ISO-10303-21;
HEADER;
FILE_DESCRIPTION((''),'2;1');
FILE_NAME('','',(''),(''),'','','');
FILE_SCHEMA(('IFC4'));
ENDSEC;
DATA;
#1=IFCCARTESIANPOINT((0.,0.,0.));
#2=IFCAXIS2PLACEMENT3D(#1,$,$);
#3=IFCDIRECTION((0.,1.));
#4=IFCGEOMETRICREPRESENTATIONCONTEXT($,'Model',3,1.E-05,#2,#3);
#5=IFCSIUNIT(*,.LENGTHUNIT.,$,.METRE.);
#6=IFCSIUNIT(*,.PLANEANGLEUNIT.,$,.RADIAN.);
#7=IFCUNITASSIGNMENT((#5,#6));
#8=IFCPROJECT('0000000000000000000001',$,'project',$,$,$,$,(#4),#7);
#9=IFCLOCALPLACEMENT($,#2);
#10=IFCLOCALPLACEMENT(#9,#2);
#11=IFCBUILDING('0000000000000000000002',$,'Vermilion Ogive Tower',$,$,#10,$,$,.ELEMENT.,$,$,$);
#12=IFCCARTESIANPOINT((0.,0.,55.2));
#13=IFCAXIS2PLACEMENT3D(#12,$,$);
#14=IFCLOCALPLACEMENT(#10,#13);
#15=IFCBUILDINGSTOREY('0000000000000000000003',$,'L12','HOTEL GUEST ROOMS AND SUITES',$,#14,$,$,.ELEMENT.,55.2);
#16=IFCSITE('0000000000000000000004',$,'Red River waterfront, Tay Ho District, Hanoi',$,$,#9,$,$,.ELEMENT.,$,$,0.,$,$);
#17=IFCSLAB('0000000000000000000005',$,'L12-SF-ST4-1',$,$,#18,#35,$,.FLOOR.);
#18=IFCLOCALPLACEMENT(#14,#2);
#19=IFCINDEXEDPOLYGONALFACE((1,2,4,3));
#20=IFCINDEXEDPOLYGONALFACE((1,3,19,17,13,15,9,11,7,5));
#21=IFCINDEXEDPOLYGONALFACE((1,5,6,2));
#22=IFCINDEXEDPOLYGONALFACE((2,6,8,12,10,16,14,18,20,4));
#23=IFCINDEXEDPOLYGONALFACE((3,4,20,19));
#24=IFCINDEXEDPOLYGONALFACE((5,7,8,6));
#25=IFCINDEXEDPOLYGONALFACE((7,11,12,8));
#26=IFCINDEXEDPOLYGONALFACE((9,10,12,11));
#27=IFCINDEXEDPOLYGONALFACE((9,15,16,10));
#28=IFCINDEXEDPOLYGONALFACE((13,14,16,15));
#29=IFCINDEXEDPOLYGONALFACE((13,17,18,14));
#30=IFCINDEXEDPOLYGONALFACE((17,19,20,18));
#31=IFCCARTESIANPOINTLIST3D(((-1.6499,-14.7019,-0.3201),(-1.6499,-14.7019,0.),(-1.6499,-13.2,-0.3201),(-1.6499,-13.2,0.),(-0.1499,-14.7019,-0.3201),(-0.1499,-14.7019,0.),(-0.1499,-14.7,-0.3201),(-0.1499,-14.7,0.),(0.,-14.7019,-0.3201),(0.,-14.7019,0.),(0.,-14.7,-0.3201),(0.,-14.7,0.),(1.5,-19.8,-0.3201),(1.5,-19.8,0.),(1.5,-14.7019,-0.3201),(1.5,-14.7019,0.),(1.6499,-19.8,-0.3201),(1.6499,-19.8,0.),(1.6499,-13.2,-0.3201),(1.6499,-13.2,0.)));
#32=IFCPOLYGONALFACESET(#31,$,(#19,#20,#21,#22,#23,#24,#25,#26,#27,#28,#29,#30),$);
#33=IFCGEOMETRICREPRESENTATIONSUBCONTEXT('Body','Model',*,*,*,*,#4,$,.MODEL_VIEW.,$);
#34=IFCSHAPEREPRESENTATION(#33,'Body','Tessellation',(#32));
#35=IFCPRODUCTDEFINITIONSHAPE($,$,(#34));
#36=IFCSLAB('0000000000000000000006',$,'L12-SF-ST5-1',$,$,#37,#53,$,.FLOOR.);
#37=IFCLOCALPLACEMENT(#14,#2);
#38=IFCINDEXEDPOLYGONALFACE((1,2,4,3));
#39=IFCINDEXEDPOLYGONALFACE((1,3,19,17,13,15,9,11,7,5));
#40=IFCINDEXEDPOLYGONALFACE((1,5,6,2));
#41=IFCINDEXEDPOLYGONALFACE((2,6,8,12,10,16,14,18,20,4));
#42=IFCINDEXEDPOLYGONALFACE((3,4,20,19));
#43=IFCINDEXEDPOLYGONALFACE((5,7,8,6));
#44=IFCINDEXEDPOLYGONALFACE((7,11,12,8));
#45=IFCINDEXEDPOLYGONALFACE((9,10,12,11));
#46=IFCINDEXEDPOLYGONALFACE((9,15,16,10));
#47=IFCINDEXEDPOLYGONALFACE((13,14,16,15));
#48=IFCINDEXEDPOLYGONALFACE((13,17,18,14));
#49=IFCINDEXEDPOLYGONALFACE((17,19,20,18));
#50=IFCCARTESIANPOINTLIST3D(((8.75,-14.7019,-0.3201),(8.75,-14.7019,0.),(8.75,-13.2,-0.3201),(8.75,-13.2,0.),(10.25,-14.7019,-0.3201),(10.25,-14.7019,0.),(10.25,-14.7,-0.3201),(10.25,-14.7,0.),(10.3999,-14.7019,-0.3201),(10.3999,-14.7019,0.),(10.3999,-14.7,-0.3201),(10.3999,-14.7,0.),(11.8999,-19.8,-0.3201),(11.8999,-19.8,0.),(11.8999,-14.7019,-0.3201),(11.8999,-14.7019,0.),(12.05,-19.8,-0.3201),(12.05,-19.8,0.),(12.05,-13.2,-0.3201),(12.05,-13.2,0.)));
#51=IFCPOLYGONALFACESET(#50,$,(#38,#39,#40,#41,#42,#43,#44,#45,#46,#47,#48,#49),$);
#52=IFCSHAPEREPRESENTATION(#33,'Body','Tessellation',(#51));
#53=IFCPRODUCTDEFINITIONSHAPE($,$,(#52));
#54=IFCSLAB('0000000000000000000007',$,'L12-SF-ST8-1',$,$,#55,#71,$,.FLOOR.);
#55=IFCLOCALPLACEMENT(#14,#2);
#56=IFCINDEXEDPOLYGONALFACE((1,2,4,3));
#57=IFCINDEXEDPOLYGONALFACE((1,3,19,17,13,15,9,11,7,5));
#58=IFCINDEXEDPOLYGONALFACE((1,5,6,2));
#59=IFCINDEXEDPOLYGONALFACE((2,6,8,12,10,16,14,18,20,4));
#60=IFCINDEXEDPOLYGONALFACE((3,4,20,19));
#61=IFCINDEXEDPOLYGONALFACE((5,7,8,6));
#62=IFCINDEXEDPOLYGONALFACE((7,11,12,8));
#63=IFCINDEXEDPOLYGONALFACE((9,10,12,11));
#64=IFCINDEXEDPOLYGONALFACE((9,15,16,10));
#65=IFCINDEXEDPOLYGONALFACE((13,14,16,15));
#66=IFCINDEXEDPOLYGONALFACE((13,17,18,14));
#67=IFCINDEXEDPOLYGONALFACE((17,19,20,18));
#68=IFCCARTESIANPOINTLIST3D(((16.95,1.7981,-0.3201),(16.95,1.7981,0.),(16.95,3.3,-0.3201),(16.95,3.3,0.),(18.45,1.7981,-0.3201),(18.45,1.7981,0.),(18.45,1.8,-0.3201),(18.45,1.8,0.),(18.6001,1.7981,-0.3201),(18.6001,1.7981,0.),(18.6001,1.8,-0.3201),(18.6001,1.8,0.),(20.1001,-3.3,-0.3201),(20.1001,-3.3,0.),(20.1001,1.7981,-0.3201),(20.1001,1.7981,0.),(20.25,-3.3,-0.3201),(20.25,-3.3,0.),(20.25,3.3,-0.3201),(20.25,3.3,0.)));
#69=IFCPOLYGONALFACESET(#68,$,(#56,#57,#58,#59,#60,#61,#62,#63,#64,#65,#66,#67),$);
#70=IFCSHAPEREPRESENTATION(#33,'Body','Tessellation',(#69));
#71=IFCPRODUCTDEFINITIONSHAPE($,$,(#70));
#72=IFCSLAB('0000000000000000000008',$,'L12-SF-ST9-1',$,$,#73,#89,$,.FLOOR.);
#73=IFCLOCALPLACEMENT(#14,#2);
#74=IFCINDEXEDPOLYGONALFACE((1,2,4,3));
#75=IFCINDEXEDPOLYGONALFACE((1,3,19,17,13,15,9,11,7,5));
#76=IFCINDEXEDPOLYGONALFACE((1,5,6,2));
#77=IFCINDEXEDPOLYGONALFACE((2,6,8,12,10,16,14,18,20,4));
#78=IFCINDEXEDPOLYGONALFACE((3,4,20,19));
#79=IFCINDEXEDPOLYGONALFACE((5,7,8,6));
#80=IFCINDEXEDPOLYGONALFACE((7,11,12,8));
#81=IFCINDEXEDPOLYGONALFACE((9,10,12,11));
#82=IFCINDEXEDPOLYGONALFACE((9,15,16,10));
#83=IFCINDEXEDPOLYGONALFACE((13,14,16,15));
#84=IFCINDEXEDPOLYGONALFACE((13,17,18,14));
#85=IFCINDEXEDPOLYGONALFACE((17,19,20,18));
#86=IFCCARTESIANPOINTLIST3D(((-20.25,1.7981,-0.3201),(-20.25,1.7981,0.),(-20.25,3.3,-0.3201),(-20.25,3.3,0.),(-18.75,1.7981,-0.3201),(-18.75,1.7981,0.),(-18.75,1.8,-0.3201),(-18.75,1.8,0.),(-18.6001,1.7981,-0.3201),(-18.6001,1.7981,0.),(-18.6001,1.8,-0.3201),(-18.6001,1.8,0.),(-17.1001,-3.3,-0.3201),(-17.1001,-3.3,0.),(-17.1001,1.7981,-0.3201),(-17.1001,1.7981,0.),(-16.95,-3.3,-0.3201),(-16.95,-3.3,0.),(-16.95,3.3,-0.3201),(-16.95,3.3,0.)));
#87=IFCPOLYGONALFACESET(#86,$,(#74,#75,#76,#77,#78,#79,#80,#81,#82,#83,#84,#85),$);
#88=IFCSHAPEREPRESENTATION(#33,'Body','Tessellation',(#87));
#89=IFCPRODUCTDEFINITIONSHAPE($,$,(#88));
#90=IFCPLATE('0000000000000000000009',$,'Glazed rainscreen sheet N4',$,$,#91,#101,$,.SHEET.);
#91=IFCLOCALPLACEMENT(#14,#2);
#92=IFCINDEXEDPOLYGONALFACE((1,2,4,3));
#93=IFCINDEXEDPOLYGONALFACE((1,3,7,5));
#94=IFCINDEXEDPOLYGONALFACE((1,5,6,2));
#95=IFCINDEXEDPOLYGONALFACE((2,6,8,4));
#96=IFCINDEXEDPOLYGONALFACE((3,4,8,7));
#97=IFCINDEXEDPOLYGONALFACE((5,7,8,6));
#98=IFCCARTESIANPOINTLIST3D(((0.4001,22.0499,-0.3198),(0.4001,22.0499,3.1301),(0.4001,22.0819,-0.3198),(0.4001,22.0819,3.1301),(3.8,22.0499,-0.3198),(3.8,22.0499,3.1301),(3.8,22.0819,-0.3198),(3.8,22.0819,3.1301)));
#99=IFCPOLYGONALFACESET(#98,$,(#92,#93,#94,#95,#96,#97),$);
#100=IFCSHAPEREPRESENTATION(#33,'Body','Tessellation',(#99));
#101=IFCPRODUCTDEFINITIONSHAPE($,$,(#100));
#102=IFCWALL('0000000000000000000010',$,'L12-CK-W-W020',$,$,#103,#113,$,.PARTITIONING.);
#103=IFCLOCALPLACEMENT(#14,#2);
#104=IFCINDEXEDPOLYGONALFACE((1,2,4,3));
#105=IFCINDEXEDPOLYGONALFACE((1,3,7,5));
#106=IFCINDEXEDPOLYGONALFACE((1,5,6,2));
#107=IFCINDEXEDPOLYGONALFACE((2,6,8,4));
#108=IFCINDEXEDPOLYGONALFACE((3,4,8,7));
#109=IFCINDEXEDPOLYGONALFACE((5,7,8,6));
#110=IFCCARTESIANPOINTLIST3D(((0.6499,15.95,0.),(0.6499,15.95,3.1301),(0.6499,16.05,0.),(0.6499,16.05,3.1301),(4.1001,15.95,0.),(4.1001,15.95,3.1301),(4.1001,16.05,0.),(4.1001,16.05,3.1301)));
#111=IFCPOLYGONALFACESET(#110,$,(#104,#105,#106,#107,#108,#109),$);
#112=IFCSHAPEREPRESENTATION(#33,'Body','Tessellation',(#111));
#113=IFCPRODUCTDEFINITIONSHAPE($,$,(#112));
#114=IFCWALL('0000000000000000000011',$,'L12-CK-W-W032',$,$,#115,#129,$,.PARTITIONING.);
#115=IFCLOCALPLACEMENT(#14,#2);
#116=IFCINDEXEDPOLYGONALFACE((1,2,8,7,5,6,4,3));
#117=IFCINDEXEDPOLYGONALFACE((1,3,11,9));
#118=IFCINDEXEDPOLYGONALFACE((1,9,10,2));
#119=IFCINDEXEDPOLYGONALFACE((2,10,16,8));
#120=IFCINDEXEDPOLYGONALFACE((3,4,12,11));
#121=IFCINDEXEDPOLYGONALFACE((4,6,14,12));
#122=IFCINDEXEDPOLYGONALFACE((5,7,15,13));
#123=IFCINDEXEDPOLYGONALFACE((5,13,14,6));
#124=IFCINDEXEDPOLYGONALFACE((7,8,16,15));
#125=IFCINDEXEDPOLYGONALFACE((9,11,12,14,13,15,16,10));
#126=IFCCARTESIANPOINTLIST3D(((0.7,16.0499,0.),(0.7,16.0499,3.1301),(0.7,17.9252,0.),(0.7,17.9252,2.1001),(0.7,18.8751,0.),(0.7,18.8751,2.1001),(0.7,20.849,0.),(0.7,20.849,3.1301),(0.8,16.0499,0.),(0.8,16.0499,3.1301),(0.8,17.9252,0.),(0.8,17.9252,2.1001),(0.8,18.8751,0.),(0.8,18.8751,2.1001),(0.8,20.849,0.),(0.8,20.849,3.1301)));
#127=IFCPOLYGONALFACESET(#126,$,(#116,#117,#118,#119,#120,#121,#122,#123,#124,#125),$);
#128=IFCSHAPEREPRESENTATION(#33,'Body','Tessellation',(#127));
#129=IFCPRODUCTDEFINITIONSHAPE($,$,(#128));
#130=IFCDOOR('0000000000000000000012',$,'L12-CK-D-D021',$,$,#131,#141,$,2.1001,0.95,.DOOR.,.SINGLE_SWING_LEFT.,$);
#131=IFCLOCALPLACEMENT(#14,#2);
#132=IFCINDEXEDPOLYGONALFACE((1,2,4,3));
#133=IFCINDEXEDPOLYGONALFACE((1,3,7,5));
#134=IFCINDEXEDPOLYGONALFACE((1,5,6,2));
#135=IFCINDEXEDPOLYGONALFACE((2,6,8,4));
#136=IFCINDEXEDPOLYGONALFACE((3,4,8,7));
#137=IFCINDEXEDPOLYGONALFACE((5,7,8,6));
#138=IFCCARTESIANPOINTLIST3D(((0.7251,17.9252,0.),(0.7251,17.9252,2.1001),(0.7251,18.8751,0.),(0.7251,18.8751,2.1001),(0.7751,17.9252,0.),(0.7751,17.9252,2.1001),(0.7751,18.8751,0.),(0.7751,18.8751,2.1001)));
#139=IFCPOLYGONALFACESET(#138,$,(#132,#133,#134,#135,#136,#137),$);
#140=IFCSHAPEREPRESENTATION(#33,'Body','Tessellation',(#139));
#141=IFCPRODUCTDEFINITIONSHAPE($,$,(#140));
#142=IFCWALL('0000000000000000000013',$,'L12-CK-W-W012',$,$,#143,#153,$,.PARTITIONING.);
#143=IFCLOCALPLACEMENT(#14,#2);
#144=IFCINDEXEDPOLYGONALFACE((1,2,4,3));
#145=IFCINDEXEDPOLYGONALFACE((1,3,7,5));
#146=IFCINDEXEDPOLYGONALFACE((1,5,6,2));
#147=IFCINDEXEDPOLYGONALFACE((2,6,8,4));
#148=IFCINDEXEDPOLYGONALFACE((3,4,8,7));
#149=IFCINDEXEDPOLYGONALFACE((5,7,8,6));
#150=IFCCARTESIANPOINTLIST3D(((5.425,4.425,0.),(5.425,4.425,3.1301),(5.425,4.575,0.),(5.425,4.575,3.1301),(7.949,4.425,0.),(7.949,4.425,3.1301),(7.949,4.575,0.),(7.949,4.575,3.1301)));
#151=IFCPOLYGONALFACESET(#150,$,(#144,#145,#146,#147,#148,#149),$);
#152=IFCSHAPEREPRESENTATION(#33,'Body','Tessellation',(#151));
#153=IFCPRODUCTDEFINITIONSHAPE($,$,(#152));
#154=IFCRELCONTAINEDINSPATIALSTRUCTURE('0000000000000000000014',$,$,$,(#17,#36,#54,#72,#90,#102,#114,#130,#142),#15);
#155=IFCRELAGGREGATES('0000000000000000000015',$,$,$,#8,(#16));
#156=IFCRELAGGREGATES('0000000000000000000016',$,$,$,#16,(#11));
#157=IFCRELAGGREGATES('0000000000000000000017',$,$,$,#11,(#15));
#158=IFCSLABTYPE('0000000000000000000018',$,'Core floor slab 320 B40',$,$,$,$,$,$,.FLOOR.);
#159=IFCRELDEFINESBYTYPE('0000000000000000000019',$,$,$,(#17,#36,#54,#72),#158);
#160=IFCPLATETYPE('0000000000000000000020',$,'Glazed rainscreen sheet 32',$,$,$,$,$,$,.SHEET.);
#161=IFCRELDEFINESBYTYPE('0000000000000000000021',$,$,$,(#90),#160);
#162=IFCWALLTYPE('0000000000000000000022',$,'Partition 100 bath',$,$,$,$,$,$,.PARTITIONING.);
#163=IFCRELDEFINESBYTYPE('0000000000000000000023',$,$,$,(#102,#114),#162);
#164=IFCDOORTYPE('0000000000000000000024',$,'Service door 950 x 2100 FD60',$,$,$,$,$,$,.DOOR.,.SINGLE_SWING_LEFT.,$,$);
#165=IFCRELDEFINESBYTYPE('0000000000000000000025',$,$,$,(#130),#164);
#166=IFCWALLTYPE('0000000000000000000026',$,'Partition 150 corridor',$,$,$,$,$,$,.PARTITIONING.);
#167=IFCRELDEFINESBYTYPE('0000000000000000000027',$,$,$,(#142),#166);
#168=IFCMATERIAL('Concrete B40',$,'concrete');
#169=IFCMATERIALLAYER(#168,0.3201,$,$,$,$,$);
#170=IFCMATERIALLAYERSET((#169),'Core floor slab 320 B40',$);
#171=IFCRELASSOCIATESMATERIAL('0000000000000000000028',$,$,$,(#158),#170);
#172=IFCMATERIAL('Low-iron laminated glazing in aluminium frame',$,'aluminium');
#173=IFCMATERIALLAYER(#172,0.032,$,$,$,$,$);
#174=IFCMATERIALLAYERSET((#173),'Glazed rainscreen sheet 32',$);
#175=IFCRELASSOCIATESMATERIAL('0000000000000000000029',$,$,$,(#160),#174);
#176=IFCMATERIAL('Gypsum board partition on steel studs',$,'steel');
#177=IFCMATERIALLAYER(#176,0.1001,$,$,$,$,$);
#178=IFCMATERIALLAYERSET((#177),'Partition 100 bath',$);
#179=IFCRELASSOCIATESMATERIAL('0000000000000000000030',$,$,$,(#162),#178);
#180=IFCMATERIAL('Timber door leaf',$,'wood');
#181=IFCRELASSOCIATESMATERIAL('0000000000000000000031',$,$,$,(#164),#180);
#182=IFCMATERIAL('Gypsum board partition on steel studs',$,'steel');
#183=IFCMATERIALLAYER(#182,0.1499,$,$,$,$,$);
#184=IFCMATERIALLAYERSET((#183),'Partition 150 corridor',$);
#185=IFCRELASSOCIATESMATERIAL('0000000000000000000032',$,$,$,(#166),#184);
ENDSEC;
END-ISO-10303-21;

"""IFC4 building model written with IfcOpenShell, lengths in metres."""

from ifc_helpers import new_model, si_unit, direction, frame, frame_2d, origin, origin_2d, place, context, subcontext, project, spatial, polyline, rectangle, outline, extrude, material, layer, layer_set, type_object, element, fill, save


model = new_model("IFC4")

# Units and contexts
model_context = context("Model", 3, precision=1e-05, world=origin(), true_north=direction((0.0, 1.0)))
body_context = subcontext(model_context, "Body", "Model", "MODEL_VIEW")
ifc_project = project(units=[si_unit("LENGTHUNIT", "METRE"), si_unit("PLANEANGLEUNIT", "RADIAN")], contexts=[model_context])

# Site, building, storey
site_placement = place(None, origin())
site = spatial("IfcSite", under=ifc_project, at=site_placement, Name="Red River waterfront, Tay Ho District, Hanoi", CompositionType="ELEMENT", RefElevation=0.0)
building_placement = place(site_placement, origin())
building = spatial("IfcBuilding", under=site, at=building_placement, Name="Vermilion Ogive Tower", CompositionType="ELEMENT")
storey_placement = place(building_placement, frame((0.0, 0.0, 55.2)))
storey = spatial("IfcBuildingStorey", under=building, at=storey_placement, Name="L12", Description="HOTEL GUEST ROOMS AND SUITES", CompositionType="ELEMENT", Elevation=55.2)

# Slabs
ifc_material_1 = material(Name="Concrete B40", Category="concrete")
ifc_layer_1 = layer(ifc_material_1, 0.3201)
ifc_layer_set_1 = layer_set([ifc_layer_1], Name="Core floor slab 320 B40")
slab_type = type_object("IfcSlabType", Name="Core floor slab 320 B40", PredefinedType="FLOOR", material=ifc_layer_set_1)
slab_1_placement = place(storey_placement, frame((0.0, 0.0, -0.3201)))
element("IfcSlab", 1, at=slab_1_placement, inside=storey, type_object=slab_type, Name="L12-SF-ST4-1", PredefinedType="FLOOR", context=body_context, shape_type="SweptSolid", body=[
    extrude(outline(polyline([(-1.6499, -13.2), (-1.6499, -14.7019), (-0.1499, -14.7019), (-0.1499, -14.7), (0.0, -14.7), (0.0, -14.7019), (1.5, -14.7019), (1.5, -19.8), (1.6499, -19.8), (1.6499, -13.2), (-1.6499, -13.2)])), origin(), (0.0, 0.0, 1.0), 0.3201),
])
slab_2_placement = place(storey_placement, frame((0.0, 0.0, -0.3201)))
element("IfcSlab", 2, at=slab_2_placement, inside=storey, type_object=slab_type, Name="L12-SF-ST5-1", PredefinedType="FLOOR", context=body_context, shape_type="SweptSolid", body=[
    extrude(outline(polyline([(8.75, -13.2), (8.75, -14.7019), (10.25, -14.7019), (10.25, -14.7), (10.3999, -14.7), (10.3999, -14.7019), (11.8999, -14.7019), (11.8999, -19.8), (12.05, -19.8), (12.05, -13.2), (8.75, -13.2)])), origin(), (0.0, 0.0, 1.0), 0.3201),
])
slab_3_placement = place(storey_placement, frame((0.0, 0.0, -0.3201)))
element("IfcSlab", 3, at=slab_3_placement, inside=storey, type_object=slab_type, Name="L12-SF-ST8-1", PredefinedType="FLOOR", context=body_context, shape_type="SweptSolid", body=[
    extrude(outline(polyline([(16.95, 3.3), (16.95, 1.7981), (18.45, 1.7981), (18.45, 1.8), (18.6001, 1.8), (18.6001, 1.7981), (20.1001, 1.7981), (20.1001, -3.3), (20.25, -3.3), (20.25, 3.3), (16.95, 3.3)])), origin(), (0.0, 0.0, 1.0), 0.3201),
])
slab_4_placement = place(storey_placement, frame((0.0, 0.0, -0.3201)))
element("IfcSlab", 4, at=slab_4_placement, inside=storey, type_object=slab_type, Name="L12-SF-ST9-1", PredefinedType="FLOOR", context=body_context, shape_type="SweptSolid", body=[
    extrude(outline(polyline([(-20.25, 3.3), (-20.25, 1.7981), (-18.75, 1.7981), (-18.75, 1.8), (-18.6001, 1.8), (-18.6001, 1.7981), (-17.1001, 1.7981), (-17.1001, -3.3), (-16.95, -3.3), (-16.95, 3.3), (-20.25, 3.3)])), origin(), (0.0, 0.0, 1.0), 0.3201),
])

# Plate
ifc_material_2 = material(Name="Low-iron laminated glazing in aluminium frame", Category="aluminium")
ifc_layer_2 = layer(ifc_material_2, 0.032)
ifc_layer_set_2 = layer_set([ifc_layer_2], Name="Glazed rainscreen sheet 32")
plate_type = type_object("IfcPlateType", Name="Glazed rainscreen sheet 32", PredefinedType="SHEET", material=ifc_layer_set_2)
plate_placement = place(storey_placement, frame((2.1001, 22.0659, -0.3198), z_axis=(0.0, 0.0, 1.0), x_axis=(1.0, 0.0, 0.0)))
element("IfcPlate", 5, at=plate_placement, inside=storey, type_object=plate_type, Name="Glazed rainscreen sheet N4", PredefinedType="SHEET", context=body_context, shape_type="SweptSolid", body=[
    extrude(rectangle(XDim=3.3999, YDim=0.032, at=origin_2d()), origin(), (0.0, 0.0, 1.0), 3.45),
])

# Wall
ifc_material_3 = material(Name="Gypsum board partition on steel studs", Category="steel")
ifc_layer_3 = layer(ifc_material_3, 0.1001)
ifc_layer_set_3 = layer_set([ifc_layer_3], Name="Partition 100 bath")
wall_type_1 = type_object("IfcWallType", Name="Partition 100 bath", PredefinedType="PARTITIONING", material=ifc_layer_set_3)
wall_1_placement = place(storey_placement, frame((0.6499, 16.0, 0.0), z_axis=(0.0, 0.0, 1.0), x_axis=(1.0, 0.0, 0.0)))
element("IfcWall", 6, at=wall_1_placement, inside=storey, type_object=wall_type_1, Name="L12-CK-W-W020", PredefinedType="PARTITIONING", context=body_context, shape_type="SweptSolid", body=[
    extrude(rectangle(XDim=3.4502, YDim=0.1001, at=frame_2d((1.7251, 0.0))), origin(), (0.0, 0.0, 1.0), 3.1301),
])

# Wall, opening, door
wall_2_placement = place(storey_placement, frame((0.75, 16.05, 0.0), z_axis=(0.0, 0.0, 1.0), x_axis=(0.0, 1.0, 0.0)))
wall_2 = element("IfcWall", 7, at=wall_2_placement, inside=storey, type_object=wall_type_1, Name="L12-CK-W-W032", PredefinedType="PARTITIONING", context=body_context, shape_type="SweptSolid", body=[
    extrude(rectangle(XDim=4.7991, YDim=0.1001, at=frame_2d((2.3994, 0.0))), origin(), (0.0, 0.0, 1.0), 3.1301),
])
opening_1_placement = place(wall_2_placement, frame((1.875, 0.0, 0.0)))
opening_1 = element("IfcOpeningElement", 8, at=opening_1_placement, cuts=wall_2, PredefinedType="OPENING", context=body_context, shape_type="SweptSolid", body=[
    extrude(rectangle(XDim=0.95, YDim=2.1001, at=frame_2d((0.4751, 1.05))), frame((0.0, 0.0601, 0.0), z_axis=(0.0, -1.0, 0.0), x_axis=(1.0, 0.0, 0.0)), (0.0, 0.0, 1.0), 0.1201),
])
ifc_material_4 = material(Name="Timber door leaf", Category="wood")
door_type_1 = type_object("IfcDoorType", Name="Service door 950 x 2100 FD60", OperationType="SINGLE_SWING_LEFT", PredefinedType="DOOR", material=ifc_material_4)
door_1_placement = place(opening_1_placement, origin())
door_1 = element("IfcDoor", 9, at=door_1_placement, inside=storey, type_object=door_type_1, Name="L12-CK-D-D021", OperationType="SINGLE_SWING_LEFT", OverallHeight=2.1001, OverallWidth=0.95, PredefinedType="DOOR", context=body_context, shape_type="SweptSolid", body=[
    extrude(rectangle(XDim=0.95, YDim=2.1001, at=frame_2d((0.4751, 1.05))), frame((0.0, 0.0249, 0.0), z_axis=(0.0, -1.0, 0.0), x_axis=(1.0, 0.0, 0.0)), (0.0, 0.0, 1.0), 0.05),
])
fill(opening_1, door_1)

# Wall
ifc_material_5 = material(Name="Gypsum board partition on steel studs", Category="steel")
ifc_layer_4 = layer(ifc_material_5, 0.1499)
ifc_layer_set_4 = layer_set([ifc_layer_4], Name="Partition 150 corridor")
wall_type_2 = type_object("IfcWallType", Name="Partition 150 corridor", PredefinedType="PARTITIONING", material=ifc_layer_set_4)
wall_3_placement = place(storey_placement, frame((5.425, 4.5, 0.0), z_axis=(0.0, 0.0, 1.0), x_axis=(1.0, 0.0, 0.0)))
element("IfcWall", 10, at=wall_3_placement, inside=storey, type_object=wall_type_2, Name="L12-CK-W-W012", PredefinedType="PARTITIONING", context=body_context, shape_type="SweptSolid", body=[
    extrude(rectangle(XDim=2.5239, YDim=0.1499, at=frame_2d((1.262, 0.0))), origin(), (0.0, 0.0, 1.0), 3.1301),
])

save(model, "model.ifc")
